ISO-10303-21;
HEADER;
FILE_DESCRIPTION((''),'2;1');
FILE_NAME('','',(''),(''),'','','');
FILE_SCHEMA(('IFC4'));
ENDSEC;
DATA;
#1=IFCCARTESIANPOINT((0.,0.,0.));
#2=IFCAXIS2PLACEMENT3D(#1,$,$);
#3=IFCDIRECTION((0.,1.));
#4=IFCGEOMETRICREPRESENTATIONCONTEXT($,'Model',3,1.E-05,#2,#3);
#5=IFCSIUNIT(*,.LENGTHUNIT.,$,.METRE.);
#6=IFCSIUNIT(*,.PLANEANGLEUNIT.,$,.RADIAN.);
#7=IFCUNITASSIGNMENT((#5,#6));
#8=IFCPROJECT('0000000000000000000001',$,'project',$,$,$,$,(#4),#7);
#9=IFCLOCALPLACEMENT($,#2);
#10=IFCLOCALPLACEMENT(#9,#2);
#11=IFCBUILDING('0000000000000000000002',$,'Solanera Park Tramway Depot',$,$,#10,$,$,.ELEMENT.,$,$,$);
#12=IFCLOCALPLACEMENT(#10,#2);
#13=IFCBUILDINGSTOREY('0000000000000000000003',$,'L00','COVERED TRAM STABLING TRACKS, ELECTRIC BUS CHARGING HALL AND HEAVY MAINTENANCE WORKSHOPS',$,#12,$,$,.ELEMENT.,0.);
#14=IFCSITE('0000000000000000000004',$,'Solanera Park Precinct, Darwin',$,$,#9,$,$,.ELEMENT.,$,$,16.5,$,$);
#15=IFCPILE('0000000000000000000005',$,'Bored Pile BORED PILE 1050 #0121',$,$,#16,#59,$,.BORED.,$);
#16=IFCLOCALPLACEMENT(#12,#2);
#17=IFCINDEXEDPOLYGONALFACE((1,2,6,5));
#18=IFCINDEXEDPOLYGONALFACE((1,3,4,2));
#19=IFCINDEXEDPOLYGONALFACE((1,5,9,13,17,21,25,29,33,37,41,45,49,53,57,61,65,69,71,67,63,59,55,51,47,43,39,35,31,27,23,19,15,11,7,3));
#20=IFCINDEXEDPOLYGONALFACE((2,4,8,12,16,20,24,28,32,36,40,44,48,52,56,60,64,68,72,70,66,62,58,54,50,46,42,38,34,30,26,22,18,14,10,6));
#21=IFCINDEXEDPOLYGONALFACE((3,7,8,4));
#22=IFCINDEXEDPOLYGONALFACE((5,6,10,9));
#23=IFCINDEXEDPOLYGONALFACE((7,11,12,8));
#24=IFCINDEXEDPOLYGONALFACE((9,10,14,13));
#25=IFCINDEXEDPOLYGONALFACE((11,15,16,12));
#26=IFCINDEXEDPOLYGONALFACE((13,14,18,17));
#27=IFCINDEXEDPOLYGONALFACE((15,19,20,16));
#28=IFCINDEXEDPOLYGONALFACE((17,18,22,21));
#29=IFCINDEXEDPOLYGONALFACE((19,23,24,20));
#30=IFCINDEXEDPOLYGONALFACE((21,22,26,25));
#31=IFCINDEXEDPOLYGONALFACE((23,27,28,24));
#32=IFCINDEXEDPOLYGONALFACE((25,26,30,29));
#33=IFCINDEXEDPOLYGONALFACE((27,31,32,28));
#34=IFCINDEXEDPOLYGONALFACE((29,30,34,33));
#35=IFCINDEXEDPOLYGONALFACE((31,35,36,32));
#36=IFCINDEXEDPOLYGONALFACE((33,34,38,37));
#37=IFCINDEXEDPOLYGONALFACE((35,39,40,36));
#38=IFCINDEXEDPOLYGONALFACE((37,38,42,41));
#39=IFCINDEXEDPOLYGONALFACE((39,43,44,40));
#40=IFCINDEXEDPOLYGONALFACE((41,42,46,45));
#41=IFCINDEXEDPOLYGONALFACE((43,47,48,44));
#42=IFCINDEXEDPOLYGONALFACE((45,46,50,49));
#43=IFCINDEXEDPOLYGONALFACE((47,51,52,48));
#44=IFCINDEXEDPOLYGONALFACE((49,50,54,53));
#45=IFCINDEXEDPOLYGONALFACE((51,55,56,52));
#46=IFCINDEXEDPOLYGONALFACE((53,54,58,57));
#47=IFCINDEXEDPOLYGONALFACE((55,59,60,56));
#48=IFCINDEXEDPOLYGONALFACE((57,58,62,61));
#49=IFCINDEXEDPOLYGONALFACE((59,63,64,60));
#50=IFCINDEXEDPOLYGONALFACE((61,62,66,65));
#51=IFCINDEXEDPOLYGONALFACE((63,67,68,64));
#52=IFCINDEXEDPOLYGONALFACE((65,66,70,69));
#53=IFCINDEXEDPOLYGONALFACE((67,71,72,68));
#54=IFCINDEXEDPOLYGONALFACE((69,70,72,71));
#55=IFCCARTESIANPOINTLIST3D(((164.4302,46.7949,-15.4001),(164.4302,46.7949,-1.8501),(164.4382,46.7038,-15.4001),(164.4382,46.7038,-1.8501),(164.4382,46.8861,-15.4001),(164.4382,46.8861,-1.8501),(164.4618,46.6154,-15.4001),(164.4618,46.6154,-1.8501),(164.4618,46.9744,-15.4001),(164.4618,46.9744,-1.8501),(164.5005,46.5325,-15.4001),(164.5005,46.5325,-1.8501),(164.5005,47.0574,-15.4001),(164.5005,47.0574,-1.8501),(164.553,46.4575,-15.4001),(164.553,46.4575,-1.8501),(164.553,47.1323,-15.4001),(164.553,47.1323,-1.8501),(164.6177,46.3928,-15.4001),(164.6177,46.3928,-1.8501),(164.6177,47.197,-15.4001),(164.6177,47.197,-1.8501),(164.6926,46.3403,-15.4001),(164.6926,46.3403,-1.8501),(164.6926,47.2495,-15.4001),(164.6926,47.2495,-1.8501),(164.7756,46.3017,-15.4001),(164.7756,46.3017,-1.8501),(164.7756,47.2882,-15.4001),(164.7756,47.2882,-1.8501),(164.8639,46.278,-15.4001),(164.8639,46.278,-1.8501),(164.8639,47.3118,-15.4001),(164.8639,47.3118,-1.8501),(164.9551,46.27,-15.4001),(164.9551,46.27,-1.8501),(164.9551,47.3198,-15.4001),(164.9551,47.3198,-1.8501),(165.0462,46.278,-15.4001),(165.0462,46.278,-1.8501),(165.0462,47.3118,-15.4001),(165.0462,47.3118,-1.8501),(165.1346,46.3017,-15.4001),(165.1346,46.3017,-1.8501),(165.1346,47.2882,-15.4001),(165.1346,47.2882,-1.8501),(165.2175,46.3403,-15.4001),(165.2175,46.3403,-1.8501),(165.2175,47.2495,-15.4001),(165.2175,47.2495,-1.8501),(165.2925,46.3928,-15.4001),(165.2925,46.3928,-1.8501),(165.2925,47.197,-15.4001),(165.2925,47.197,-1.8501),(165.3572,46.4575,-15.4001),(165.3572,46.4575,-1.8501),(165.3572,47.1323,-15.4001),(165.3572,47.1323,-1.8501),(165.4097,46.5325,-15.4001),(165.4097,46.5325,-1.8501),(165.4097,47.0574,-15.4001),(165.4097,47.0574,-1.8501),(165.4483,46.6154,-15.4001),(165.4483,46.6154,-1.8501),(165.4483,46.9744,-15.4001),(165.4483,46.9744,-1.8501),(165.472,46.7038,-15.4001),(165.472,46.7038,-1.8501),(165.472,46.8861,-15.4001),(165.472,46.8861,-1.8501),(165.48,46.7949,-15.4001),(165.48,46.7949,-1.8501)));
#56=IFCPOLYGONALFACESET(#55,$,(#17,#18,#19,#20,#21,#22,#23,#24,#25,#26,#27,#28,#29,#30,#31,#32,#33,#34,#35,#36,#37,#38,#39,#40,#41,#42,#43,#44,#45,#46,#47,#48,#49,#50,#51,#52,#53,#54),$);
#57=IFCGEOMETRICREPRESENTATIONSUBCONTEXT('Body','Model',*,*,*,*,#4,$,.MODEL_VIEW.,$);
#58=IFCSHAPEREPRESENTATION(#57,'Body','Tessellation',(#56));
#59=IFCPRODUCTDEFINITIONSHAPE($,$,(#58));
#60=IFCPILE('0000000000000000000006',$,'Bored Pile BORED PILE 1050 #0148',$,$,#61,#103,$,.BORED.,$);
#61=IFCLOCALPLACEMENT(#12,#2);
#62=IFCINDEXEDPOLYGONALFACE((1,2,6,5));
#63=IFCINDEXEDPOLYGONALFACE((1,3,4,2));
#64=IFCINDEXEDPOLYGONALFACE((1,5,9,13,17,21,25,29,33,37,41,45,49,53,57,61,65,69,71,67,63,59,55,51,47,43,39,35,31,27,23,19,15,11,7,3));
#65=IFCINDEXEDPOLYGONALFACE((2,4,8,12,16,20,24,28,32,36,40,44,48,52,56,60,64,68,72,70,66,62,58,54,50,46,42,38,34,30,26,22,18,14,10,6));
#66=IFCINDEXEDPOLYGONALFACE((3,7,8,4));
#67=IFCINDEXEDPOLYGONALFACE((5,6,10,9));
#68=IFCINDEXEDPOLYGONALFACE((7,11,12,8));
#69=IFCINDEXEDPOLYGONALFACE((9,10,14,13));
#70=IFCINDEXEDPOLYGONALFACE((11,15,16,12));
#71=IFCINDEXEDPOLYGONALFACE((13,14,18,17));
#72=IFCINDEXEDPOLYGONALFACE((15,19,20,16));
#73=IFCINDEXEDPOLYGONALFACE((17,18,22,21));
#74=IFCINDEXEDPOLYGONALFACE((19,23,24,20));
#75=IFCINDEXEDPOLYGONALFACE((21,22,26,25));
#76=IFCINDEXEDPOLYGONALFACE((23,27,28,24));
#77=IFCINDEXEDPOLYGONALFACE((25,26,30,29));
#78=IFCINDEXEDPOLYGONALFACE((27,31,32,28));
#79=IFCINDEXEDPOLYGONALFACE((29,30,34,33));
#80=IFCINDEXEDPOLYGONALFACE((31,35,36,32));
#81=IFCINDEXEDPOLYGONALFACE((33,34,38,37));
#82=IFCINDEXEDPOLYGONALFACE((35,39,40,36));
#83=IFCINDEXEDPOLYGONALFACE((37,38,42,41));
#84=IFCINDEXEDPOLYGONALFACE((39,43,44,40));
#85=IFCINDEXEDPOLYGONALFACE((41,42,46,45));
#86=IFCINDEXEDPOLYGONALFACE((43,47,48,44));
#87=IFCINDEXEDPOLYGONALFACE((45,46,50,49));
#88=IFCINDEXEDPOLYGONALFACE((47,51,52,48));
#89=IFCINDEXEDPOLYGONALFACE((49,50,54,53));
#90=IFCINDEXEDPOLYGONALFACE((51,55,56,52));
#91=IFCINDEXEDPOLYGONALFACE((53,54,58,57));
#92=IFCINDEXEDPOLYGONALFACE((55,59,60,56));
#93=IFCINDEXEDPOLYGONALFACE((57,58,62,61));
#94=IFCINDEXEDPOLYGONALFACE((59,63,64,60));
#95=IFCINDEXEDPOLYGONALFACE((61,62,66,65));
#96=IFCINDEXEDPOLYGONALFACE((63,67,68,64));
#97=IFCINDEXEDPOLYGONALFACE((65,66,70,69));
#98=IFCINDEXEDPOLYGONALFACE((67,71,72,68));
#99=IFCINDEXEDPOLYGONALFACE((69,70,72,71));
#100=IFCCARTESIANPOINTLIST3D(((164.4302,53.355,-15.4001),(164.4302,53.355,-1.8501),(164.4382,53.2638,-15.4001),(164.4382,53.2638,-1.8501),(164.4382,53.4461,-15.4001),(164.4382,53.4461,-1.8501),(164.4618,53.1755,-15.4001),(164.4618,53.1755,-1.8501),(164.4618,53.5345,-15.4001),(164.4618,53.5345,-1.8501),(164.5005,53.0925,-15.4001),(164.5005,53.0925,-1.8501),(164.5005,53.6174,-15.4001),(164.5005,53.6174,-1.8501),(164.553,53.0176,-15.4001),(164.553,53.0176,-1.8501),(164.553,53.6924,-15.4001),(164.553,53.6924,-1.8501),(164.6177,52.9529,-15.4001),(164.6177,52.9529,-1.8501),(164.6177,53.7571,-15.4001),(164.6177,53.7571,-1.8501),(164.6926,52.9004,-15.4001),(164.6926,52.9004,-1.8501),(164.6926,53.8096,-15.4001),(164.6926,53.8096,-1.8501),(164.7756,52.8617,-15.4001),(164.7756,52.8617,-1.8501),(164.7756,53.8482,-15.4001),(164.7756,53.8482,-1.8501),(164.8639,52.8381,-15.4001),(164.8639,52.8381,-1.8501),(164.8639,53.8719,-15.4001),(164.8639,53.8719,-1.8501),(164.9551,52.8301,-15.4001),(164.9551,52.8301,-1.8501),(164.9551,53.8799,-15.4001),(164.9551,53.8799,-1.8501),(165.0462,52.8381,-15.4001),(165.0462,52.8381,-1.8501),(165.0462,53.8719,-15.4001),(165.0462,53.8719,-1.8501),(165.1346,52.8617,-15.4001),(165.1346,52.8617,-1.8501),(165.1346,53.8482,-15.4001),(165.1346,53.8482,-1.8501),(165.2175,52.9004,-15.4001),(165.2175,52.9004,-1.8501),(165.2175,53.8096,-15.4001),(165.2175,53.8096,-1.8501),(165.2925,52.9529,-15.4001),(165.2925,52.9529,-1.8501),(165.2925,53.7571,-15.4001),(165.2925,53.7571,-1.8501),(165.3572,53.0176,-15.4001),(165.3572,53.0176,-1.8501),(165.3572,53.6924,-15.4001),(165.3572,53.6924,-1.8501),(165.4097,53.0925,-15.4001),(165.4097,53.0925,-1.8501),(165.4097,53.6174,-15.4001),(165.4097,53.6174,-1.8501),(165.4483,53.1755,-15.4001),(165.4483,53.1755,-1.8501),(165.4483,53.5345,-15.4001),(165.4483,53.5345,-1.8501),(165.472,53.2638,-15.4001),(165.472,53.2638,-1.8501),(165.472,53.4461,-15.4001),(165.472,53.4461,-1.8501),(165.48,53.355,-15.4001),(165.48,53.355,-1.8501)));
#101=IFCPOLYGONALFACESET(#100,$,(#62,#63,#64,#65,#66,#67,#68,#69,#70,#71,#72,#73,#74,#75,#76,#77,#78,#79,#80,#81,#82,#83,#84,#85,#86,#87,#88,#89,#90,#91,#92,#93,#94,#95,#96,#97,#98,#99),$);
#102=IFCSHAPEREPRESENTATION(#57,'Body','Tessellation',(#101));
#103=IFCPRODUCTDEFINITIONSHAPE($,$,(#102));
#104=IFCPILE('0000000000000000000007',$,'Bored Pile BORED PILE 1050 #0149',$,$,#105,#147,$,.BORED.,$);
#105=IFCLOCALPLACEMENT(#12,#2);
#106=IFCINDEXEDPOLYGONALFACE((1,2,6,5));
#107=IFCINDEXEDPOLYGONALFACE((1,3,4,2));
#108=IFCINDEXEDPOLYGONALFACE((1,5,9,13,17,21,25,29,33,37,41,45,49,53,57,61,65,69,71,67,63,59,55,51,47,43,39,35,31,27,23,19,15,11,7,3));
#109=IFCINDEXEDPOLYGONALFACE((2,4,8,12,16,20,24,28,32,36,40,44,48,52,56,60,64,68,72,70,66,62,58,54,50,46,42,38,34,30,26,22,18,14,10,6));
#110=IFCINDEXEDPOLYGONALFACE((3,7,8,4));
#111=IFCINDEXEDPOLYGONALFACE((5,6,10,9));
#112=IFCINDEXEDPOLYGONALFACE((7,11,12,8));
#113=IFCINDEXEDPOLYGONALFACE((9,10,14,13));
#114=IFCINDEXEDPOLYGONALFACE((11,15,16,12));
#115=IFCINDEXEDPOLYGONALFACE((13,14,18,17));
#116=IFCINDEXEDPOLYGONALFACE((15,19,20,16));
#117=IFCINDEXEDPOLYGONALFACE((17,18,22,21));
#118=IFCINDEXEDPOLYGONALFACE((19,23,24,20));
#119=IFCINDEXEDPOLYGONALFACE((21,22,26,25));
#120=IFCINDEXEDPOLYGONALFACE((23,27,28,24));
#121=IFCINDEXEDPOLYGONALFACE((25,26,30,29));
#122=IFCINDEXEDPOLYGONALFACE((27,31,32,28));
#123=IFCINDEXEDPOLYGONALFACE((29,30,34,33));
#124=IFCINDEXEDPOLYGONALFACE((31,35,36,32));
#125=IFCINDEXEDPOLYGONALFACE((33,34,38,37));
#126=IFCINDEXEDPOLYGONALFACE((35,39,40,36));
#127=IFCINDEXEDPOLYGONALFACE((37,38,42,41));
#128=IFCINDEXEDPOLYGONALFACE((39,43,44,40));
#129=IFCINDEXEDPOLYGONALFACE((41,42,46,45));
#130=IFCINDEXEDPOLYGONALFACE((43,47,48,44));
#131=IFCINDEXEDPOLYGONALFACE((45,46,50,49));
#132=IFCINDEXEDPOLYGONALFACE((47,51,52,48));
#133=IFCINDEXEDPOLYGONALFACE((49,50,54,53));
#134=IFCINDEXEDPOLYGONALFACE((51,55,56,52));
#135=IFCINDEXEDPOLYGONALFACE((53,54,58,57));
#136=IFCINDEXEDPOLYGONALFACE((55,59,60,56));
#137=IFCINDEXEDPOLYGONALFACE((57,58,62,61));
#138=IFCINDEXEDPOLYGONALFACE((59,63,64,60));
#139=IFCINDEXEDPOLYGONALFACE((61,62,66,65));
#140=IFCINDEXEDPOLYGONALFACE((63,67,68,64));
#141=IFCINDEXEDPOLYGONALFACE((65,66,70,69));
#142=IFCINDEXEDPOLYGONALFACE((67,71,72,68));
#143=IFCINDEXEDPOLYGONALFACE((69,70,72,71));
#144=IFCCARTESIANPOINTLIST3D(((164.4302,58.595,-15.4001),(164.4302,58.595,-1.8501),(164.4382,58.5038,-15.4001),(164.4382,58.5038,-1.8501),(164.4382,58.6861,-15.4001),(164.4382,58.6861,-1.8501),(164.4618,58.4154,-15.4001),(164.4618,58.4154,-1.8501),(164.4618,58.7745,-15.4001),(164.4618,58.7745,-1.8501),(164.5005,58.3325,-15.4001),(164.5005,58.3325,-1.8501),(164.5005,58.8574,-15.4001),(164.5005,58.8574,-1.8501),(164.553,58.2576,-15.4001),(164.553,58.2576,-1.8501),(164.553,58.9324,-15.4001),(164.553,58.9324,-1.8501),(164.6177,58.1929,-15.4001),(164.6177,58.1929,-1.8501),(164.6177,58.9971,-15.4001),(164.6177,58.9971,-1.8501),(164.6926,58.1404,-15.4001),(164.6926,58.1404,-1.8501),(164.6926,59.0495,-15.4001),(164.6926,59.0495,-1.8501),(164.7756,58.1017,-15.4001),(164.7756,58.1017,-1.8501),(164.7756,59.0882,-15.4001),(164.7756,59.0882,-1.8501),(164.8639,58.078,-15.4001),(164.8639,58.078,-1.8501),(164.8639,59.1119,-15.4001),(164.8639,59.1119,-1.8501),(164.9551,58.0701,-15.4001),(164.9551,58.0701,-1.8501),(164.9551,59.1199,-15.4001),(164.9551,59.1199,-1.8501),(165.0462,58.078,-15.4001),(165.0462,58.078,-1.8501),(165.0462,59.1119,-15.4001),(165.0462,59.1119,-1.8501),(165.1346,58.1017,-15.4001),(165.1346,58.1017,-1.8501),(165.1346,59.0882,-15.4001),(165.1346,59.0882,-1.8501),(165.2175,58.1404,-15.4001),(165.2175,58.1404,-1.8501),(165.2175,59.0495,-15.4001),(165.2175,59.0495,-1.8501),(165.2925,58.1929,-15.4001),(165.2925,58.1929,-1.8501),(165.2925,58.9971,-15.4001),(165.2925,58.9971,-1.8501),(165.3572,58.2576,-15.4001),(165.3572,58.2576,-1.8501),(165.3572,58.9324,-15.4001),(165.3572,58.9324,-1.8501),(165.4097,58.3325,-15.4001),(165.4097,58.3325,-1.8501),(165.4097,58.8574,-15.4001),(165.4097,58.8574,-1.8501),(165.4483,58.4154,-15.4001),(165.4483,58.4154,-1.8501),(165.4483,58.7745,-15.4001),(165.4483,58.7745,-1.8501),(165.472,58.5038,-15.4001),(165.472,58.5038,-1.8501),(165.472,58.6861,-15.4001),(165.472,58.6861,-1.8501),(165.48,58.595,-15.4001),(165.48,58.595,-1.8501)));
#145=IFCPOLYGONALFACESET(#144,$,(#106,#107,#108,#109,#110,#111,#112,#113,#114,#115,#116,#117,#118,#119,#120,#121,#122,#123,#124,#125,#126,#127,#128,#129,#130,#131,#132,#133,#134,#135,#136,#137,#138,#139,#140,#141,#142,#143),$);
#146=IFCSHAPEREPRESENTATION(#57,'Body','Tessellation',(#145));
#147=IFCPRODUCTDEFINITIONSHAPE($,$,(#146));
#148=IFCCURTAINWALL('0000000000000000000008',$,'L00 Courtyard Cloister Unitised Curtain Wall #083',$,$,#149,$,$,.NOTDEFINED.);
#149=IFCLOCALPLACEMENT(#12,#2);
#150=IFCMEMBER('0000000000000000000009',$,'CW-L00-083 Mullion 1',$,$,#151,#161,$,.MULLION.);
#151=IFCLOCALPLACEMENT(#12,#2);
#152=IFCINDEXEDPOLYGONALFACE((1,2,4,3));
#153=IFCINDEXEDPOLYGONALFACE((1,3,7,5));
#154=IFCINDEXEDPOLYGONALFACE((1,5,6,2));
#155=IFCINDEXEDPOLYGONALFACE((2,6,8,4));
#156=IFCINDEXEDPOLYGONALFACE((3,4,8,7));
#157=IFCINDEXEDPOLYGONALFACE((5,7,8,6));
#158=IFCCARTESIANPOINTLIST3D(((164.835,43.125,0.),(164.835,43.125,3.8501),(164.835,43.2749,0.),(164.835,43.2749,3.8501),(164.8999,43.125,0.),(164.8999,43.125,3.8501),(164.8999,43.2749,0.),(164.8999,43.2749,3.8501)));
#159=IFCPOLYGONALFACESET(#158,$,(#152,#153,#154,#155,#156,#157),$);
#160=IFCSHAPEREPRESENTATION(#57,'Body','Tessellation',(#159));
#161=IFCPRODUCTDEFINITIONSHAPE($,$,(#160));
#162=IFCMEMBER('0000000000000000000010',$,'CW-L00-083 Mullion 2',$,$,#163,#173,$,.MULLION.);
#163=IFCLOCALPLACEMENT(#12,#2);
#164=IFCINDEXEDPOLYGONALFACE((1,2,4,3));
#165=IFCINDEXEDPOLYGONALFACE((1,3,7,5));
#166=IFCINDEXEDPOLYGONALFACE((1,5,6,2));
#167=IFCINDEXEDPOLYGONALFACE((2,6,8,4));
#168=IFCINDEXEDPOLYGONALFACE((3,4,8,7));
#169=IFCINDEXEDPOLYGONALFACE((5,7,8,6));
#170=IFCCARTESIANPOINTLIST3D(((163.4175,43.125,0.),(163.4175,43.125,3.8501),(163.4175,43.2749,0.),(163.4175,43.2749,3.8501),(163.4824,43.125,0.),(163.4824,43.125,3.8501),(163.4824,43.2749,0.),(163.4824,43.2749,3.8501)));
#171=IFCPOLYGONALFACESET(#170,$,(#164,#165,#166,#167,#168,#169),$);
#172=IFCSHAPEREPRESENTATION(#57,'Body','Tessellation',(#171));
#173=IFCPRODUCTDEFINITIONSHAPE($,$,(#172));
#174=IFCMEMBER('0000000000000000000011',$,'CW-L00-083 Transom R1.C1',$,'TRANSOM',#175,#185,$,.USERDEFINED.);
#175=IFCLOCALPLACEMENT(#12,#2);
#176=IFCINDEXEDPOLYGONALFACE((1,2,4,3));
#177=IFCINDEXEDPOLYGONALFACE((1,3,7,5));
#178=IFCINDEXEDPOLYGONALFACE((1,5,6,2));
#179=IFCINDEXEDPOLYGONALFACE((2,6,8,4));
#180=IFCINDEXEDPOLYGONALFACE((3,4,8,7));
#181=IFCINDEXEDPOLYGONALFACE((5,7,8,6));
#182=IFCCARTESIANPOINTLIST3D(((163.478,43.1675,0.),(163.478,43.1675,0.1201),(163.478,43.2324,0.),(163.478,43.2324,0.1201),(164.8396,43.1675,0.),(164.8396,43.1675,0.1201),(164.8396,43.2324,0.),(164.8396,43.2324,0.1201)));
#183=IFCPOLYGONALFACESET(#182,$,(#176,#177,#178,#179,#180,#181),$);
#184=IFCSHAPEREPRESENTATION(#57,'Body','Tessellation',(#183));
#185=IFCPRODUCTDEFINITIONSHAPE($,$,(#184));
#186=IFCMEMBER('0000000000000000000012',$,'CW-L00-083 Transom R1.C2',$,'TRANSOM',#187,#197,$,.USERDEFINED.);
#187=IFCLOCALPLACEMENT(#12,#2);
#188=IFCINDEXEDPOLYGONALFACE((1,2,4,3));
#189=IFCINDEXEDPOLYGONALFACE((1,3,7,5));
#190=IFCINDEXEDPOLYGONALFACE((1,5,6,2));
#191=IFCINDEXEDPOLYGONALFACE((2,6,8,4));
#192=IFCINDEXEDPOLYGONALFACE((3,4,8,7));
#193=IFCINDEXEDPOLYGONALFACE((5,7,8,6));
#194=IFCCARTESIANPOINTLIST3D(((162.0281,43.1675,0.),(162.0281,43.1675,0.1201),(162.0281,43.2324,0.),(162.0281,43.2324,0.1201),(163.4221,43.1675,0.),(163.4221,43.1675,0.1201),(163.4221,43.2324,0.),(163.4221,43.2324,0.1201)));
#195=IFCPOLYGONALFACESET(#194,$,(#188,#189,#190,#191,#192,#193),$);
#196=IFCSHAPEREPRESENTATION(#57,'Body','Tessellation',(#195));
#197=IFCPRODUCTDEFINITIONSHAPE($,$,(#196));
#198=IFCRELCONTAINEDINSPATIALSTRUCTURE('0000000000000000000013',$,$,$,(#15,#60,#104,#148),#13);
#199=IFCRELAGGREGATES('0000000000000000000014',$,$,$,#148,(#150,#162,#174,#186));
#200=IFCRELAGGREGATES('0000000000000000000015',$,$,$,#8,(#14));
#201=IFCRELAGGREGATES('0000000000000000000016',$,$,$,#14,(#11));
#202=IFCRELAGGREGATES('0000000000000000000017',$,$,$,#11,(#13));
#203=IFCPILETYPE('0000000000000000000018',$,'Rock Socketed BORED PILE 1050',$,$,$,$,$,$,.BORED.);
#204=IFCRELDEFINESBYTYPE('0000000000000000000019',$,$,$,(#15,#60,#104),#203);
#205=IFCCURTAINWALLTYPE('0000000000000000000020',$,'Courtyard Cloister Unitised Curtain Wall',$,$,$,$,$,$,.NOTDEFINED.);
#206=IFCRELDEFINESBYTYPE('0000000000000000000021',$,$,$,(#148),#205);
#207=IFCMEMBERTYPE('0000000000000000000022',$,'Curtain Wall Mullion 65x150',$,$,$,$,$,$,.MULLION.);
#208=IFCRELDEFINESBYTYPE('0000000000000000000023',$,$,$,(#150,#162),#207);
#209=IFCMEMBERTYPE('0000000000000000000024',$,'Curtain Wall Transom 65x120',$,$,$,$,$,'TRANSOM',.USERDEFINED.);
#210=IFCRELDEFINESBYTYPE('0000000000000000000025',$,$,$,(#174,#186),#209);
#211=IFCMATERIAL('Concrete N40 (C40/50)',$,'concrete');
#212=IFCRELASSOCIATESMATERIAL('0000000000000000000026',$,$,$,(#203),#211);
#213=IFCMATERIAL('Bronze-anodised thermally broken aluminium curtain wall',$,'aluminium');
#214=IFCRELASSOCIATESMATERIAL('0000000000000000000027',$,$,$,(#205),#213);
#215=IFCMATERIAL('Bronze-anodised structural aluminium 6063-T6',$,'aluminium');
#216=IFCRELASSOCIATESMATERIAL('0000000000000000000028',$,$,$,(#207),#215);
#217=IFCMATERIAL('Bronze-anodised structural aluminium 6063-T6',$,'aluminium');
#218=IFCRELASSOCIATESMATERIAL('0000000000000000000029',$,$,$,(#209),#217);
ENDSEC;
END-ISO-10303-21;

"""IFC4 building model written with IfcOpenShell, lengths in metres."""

from ifc_helpers import new_model, si_unit, direction, frame, origin, origin_2d, place, context, subcontext, project, spatial, rectangle, circle, extrude, material, material_profile, profile_set, type_object, element, aggregate, save


model = new_model("IFC4")

# Units and contexts
model_context = context("Model", 3, precision=1e-05, world=origin(), true_north=direction((0.0, 1.0)))
body_context = subcontext(model_context, "Body", "Model", "MODEL_VIEW")
ifc_project = project(units=[si_unit("LENGTHUNIT", "METRE"), si_unit("PLANEANGLEUNIT", "RADIAN")], contexts=[model_context])

# Site, building, storey
site_placement = place(None, origin())
site = spatial("IfcSite", under=ifc_project, at=site_placement, Name="Solanera Park Precinct, Darwin", CompositionType="ELEMENT", RefElevation=16.5)
building_placement = place(site_placement, origin())
building = spatial("IfcBuilding", under=site, at=building_placement, Name="Solanera Park Tramway Depot", CompositionType="ELEMENT")
storey_placement = place(building_placement, origin())
storey = spatial("IfcBuildingStorey", under=building, at=storey_placement, Name="L00", Description="COVERED TRAM STABLING TRACKS, ELECTRIC BUS CHARGING HALL AND HEAVY MAINTENANCE WORKSHOPS", CompositionType="ELEMENT", Elevation=0.0)

# Piles
ifc_material_1 = material(Name="Concrete N40 (C40/50)", Category="concrete")
ifc_material_profile_1 = material_profile(ifc_material_1, circle(Radius=0.5249, at=origin_2d()), Name="BORED PILE 1050")
ifc_profile_set_1 = profile_set([ifc_material_profile_1], Name="Concrete N40 (C40/50)")
pile_type = type_object("IfcPileType", Name="Rock Socketed BORED PILE 1050", PredefinedType="BORED", material=ifc_profile_set_1)
for number, where, z_axis, x_axis, name in (
    (1, (164.9551, 46.7949, -1.8501), (0.0, 0.0, -1.0), (1.0, 0.0, 0.0), "Bored Pile BORED PILE 1050 #0121"),
    (2, (164.9551, 53.355, -1.8501), (0.0, 0.0, -1.0), (1.0, 0.0, 0.0), "Bored Pile BORED PILE 1050 #0148"),
    (3, (164.9551, 58.595, -1.8501), (0.0, 0.0, -1.0), (1.0, 0.0, 0.0), "Bored Pile BORED PILE 1050 #0149"),
):
    element("IfcPile", number, at=place(storey_placement, frame(where, z_axis=z_axis, x_axis=x_axis)), inside=storey, type_object=pile_type, Name=name, PredefinedType="BORED", context=body_context, shape_type="SweptSolid", body=[
        extrude(circle(Radius=0.5249, at=origin_2d()), origin(), (0.0, 0.0, 1.0), 13.55),
    ])

# Curtain wall, members
ifc_material_2 = material(Name="Bronze-anodised thermally broken aluminium curtain wall", Category="aluminium")
curtain_wall_type = type_object("IfcCurtainWallType", Name="Courtyard Cloister Unitised Curtain Wall", PredefinedType="NOTDEFINED", material=ifc_material_2)
curtain_wall_placement = place(storey_placement, origin())
curtain_wall = element("IfcCurtainWall", 4, at=curtain_wall_placement, inside=storey, type_object=curtain_wall_type, Name="L00 Courtyard Cloister Unitised Curtain Wall #083", PredefinedType="NOTDEFINED")
ifc_material_3 = material(Name="Bronze-anodised structural aluminium 6063-T6", Category="aluminium")
ifc_material_profile_2 = material_profile(ifc_material_3, rectangle(XDim=0.0649, YDim=0.1499, at=origin_2d()), Name="Curtain Wall Mullion 65x150")
ifc_profile_set_2 = profile_set([ifc_material_profile_2], Name="Bronze-anodised structural aluminium 6063-T6")
member_type_1 = type_object("IfcMemberType", Name="Curtain Wall Mullion 65x150", PredefinedType="MULLION", material=ifc_profile_set_2)
member_1_placement = place(storey_placement, frame((164.8674, 43.2, 0.0), z_axis=(0.0, 0.0, 1.0), x_axis=(1.0, 0.0, 0.0)))
member_1 = element("IfcMember", 5, at=member_1_placement, type_object=member_type_1, Name="CW-L00-083 Mullion 1", PredefinedType="MULLION", context=body_context, shape_type="SweptSolid", body=[
    extrude(rectangle(XDim=0.0649, YDim=0.1499, at=origin_2d()), origin(), (0.0, 0.0, 1.0), 3.8501),
])
member_2_placement = place(storey_placement, frame((163.45, 43.2, 0.0), z_axis=(0.0, 0.0, 1.0), x_axis=(1.0, 0.0, 0.0)))
member_2 = element("IfcMember", 6, at=member_2_placement, type_object=member_type_1, Name="CW-L00-083 Mullion 2", PredefinedType="MULLION", context=body_context, shape_type="SweptSolid", body=[
    extrude(rectangle(XDim=0.0649, YDim=0.1499, at=origin_2d()), origin(), (0.0, 0.0, 1.0), 3.8501),
])
ifc_material_4 = material(Name="Bronze-anodised structural aluminium 6063-T6", Category="aluminium")
ifc_material_profile_3 = material_profile(ifc_material_4, rectangle(XDim=0.0649, YDim=0.1201, at=origin_2d()), Name="Curtain Wall Transom 65x120")
ifc_profile_set_3 = profile_set([ifc_material_profile_3], Name="Bronze-anodised structural aluminium 6063-T6")
member_type_2 = type_object("IfcMemberType", Name="Curtain Wall Transom 65x120", ElementType="TRANSOM", PredefinedType="USERDEFINED", material=ifc_profile_set_3)
member_3_placement = place(storey_placement, frame((164.8396, 43.2, 0.0601), z_axis=(-1.0, 0.0, 0.0), x_axis=(0.0, -1.0, 0.0)))
member_3 = element("IfcMember", 7, at=member_3_placement, type_object=member_type_2, Name="CW-L00-083 Transom R1.C1", ObjectType="TRANSOM", PredefinedType="USERDEFINED", context=body_context, shape_type="SweptSolid", body=[
    extrude(rectangle(XDim=0.0649, YDim=0.1201, at=origin_2d()), origin(), (0.0, 0.0, 1.0), 1.3616),
])
member_4_placement = place(storey_placement, frame((163.4221, 43.2, 0.0601), z_axis=(-1.0, 0.0, 0.0), x_axis=(0.0, -1.0, 0.0)))
member_4 = element("IfcMember", 8, at=member_4_placement, type_object=member_type_2, Name="CW-L00-083 Transom R1.C2", ObjectType="TRANSOM", PredefinedType="USERDEFINED", context=body_context, shape_type="SweptSolid", body=[
    extrude(rectangle(XDim=0.0649, YDim=0.1201, at=origin_2d()), origin(), (0.0, 0.0, 1.0), 1.394),
])
aggregate(curtain_wall, [member_1, member_2, member_3, member_4])

save(model, "model.ifc")
